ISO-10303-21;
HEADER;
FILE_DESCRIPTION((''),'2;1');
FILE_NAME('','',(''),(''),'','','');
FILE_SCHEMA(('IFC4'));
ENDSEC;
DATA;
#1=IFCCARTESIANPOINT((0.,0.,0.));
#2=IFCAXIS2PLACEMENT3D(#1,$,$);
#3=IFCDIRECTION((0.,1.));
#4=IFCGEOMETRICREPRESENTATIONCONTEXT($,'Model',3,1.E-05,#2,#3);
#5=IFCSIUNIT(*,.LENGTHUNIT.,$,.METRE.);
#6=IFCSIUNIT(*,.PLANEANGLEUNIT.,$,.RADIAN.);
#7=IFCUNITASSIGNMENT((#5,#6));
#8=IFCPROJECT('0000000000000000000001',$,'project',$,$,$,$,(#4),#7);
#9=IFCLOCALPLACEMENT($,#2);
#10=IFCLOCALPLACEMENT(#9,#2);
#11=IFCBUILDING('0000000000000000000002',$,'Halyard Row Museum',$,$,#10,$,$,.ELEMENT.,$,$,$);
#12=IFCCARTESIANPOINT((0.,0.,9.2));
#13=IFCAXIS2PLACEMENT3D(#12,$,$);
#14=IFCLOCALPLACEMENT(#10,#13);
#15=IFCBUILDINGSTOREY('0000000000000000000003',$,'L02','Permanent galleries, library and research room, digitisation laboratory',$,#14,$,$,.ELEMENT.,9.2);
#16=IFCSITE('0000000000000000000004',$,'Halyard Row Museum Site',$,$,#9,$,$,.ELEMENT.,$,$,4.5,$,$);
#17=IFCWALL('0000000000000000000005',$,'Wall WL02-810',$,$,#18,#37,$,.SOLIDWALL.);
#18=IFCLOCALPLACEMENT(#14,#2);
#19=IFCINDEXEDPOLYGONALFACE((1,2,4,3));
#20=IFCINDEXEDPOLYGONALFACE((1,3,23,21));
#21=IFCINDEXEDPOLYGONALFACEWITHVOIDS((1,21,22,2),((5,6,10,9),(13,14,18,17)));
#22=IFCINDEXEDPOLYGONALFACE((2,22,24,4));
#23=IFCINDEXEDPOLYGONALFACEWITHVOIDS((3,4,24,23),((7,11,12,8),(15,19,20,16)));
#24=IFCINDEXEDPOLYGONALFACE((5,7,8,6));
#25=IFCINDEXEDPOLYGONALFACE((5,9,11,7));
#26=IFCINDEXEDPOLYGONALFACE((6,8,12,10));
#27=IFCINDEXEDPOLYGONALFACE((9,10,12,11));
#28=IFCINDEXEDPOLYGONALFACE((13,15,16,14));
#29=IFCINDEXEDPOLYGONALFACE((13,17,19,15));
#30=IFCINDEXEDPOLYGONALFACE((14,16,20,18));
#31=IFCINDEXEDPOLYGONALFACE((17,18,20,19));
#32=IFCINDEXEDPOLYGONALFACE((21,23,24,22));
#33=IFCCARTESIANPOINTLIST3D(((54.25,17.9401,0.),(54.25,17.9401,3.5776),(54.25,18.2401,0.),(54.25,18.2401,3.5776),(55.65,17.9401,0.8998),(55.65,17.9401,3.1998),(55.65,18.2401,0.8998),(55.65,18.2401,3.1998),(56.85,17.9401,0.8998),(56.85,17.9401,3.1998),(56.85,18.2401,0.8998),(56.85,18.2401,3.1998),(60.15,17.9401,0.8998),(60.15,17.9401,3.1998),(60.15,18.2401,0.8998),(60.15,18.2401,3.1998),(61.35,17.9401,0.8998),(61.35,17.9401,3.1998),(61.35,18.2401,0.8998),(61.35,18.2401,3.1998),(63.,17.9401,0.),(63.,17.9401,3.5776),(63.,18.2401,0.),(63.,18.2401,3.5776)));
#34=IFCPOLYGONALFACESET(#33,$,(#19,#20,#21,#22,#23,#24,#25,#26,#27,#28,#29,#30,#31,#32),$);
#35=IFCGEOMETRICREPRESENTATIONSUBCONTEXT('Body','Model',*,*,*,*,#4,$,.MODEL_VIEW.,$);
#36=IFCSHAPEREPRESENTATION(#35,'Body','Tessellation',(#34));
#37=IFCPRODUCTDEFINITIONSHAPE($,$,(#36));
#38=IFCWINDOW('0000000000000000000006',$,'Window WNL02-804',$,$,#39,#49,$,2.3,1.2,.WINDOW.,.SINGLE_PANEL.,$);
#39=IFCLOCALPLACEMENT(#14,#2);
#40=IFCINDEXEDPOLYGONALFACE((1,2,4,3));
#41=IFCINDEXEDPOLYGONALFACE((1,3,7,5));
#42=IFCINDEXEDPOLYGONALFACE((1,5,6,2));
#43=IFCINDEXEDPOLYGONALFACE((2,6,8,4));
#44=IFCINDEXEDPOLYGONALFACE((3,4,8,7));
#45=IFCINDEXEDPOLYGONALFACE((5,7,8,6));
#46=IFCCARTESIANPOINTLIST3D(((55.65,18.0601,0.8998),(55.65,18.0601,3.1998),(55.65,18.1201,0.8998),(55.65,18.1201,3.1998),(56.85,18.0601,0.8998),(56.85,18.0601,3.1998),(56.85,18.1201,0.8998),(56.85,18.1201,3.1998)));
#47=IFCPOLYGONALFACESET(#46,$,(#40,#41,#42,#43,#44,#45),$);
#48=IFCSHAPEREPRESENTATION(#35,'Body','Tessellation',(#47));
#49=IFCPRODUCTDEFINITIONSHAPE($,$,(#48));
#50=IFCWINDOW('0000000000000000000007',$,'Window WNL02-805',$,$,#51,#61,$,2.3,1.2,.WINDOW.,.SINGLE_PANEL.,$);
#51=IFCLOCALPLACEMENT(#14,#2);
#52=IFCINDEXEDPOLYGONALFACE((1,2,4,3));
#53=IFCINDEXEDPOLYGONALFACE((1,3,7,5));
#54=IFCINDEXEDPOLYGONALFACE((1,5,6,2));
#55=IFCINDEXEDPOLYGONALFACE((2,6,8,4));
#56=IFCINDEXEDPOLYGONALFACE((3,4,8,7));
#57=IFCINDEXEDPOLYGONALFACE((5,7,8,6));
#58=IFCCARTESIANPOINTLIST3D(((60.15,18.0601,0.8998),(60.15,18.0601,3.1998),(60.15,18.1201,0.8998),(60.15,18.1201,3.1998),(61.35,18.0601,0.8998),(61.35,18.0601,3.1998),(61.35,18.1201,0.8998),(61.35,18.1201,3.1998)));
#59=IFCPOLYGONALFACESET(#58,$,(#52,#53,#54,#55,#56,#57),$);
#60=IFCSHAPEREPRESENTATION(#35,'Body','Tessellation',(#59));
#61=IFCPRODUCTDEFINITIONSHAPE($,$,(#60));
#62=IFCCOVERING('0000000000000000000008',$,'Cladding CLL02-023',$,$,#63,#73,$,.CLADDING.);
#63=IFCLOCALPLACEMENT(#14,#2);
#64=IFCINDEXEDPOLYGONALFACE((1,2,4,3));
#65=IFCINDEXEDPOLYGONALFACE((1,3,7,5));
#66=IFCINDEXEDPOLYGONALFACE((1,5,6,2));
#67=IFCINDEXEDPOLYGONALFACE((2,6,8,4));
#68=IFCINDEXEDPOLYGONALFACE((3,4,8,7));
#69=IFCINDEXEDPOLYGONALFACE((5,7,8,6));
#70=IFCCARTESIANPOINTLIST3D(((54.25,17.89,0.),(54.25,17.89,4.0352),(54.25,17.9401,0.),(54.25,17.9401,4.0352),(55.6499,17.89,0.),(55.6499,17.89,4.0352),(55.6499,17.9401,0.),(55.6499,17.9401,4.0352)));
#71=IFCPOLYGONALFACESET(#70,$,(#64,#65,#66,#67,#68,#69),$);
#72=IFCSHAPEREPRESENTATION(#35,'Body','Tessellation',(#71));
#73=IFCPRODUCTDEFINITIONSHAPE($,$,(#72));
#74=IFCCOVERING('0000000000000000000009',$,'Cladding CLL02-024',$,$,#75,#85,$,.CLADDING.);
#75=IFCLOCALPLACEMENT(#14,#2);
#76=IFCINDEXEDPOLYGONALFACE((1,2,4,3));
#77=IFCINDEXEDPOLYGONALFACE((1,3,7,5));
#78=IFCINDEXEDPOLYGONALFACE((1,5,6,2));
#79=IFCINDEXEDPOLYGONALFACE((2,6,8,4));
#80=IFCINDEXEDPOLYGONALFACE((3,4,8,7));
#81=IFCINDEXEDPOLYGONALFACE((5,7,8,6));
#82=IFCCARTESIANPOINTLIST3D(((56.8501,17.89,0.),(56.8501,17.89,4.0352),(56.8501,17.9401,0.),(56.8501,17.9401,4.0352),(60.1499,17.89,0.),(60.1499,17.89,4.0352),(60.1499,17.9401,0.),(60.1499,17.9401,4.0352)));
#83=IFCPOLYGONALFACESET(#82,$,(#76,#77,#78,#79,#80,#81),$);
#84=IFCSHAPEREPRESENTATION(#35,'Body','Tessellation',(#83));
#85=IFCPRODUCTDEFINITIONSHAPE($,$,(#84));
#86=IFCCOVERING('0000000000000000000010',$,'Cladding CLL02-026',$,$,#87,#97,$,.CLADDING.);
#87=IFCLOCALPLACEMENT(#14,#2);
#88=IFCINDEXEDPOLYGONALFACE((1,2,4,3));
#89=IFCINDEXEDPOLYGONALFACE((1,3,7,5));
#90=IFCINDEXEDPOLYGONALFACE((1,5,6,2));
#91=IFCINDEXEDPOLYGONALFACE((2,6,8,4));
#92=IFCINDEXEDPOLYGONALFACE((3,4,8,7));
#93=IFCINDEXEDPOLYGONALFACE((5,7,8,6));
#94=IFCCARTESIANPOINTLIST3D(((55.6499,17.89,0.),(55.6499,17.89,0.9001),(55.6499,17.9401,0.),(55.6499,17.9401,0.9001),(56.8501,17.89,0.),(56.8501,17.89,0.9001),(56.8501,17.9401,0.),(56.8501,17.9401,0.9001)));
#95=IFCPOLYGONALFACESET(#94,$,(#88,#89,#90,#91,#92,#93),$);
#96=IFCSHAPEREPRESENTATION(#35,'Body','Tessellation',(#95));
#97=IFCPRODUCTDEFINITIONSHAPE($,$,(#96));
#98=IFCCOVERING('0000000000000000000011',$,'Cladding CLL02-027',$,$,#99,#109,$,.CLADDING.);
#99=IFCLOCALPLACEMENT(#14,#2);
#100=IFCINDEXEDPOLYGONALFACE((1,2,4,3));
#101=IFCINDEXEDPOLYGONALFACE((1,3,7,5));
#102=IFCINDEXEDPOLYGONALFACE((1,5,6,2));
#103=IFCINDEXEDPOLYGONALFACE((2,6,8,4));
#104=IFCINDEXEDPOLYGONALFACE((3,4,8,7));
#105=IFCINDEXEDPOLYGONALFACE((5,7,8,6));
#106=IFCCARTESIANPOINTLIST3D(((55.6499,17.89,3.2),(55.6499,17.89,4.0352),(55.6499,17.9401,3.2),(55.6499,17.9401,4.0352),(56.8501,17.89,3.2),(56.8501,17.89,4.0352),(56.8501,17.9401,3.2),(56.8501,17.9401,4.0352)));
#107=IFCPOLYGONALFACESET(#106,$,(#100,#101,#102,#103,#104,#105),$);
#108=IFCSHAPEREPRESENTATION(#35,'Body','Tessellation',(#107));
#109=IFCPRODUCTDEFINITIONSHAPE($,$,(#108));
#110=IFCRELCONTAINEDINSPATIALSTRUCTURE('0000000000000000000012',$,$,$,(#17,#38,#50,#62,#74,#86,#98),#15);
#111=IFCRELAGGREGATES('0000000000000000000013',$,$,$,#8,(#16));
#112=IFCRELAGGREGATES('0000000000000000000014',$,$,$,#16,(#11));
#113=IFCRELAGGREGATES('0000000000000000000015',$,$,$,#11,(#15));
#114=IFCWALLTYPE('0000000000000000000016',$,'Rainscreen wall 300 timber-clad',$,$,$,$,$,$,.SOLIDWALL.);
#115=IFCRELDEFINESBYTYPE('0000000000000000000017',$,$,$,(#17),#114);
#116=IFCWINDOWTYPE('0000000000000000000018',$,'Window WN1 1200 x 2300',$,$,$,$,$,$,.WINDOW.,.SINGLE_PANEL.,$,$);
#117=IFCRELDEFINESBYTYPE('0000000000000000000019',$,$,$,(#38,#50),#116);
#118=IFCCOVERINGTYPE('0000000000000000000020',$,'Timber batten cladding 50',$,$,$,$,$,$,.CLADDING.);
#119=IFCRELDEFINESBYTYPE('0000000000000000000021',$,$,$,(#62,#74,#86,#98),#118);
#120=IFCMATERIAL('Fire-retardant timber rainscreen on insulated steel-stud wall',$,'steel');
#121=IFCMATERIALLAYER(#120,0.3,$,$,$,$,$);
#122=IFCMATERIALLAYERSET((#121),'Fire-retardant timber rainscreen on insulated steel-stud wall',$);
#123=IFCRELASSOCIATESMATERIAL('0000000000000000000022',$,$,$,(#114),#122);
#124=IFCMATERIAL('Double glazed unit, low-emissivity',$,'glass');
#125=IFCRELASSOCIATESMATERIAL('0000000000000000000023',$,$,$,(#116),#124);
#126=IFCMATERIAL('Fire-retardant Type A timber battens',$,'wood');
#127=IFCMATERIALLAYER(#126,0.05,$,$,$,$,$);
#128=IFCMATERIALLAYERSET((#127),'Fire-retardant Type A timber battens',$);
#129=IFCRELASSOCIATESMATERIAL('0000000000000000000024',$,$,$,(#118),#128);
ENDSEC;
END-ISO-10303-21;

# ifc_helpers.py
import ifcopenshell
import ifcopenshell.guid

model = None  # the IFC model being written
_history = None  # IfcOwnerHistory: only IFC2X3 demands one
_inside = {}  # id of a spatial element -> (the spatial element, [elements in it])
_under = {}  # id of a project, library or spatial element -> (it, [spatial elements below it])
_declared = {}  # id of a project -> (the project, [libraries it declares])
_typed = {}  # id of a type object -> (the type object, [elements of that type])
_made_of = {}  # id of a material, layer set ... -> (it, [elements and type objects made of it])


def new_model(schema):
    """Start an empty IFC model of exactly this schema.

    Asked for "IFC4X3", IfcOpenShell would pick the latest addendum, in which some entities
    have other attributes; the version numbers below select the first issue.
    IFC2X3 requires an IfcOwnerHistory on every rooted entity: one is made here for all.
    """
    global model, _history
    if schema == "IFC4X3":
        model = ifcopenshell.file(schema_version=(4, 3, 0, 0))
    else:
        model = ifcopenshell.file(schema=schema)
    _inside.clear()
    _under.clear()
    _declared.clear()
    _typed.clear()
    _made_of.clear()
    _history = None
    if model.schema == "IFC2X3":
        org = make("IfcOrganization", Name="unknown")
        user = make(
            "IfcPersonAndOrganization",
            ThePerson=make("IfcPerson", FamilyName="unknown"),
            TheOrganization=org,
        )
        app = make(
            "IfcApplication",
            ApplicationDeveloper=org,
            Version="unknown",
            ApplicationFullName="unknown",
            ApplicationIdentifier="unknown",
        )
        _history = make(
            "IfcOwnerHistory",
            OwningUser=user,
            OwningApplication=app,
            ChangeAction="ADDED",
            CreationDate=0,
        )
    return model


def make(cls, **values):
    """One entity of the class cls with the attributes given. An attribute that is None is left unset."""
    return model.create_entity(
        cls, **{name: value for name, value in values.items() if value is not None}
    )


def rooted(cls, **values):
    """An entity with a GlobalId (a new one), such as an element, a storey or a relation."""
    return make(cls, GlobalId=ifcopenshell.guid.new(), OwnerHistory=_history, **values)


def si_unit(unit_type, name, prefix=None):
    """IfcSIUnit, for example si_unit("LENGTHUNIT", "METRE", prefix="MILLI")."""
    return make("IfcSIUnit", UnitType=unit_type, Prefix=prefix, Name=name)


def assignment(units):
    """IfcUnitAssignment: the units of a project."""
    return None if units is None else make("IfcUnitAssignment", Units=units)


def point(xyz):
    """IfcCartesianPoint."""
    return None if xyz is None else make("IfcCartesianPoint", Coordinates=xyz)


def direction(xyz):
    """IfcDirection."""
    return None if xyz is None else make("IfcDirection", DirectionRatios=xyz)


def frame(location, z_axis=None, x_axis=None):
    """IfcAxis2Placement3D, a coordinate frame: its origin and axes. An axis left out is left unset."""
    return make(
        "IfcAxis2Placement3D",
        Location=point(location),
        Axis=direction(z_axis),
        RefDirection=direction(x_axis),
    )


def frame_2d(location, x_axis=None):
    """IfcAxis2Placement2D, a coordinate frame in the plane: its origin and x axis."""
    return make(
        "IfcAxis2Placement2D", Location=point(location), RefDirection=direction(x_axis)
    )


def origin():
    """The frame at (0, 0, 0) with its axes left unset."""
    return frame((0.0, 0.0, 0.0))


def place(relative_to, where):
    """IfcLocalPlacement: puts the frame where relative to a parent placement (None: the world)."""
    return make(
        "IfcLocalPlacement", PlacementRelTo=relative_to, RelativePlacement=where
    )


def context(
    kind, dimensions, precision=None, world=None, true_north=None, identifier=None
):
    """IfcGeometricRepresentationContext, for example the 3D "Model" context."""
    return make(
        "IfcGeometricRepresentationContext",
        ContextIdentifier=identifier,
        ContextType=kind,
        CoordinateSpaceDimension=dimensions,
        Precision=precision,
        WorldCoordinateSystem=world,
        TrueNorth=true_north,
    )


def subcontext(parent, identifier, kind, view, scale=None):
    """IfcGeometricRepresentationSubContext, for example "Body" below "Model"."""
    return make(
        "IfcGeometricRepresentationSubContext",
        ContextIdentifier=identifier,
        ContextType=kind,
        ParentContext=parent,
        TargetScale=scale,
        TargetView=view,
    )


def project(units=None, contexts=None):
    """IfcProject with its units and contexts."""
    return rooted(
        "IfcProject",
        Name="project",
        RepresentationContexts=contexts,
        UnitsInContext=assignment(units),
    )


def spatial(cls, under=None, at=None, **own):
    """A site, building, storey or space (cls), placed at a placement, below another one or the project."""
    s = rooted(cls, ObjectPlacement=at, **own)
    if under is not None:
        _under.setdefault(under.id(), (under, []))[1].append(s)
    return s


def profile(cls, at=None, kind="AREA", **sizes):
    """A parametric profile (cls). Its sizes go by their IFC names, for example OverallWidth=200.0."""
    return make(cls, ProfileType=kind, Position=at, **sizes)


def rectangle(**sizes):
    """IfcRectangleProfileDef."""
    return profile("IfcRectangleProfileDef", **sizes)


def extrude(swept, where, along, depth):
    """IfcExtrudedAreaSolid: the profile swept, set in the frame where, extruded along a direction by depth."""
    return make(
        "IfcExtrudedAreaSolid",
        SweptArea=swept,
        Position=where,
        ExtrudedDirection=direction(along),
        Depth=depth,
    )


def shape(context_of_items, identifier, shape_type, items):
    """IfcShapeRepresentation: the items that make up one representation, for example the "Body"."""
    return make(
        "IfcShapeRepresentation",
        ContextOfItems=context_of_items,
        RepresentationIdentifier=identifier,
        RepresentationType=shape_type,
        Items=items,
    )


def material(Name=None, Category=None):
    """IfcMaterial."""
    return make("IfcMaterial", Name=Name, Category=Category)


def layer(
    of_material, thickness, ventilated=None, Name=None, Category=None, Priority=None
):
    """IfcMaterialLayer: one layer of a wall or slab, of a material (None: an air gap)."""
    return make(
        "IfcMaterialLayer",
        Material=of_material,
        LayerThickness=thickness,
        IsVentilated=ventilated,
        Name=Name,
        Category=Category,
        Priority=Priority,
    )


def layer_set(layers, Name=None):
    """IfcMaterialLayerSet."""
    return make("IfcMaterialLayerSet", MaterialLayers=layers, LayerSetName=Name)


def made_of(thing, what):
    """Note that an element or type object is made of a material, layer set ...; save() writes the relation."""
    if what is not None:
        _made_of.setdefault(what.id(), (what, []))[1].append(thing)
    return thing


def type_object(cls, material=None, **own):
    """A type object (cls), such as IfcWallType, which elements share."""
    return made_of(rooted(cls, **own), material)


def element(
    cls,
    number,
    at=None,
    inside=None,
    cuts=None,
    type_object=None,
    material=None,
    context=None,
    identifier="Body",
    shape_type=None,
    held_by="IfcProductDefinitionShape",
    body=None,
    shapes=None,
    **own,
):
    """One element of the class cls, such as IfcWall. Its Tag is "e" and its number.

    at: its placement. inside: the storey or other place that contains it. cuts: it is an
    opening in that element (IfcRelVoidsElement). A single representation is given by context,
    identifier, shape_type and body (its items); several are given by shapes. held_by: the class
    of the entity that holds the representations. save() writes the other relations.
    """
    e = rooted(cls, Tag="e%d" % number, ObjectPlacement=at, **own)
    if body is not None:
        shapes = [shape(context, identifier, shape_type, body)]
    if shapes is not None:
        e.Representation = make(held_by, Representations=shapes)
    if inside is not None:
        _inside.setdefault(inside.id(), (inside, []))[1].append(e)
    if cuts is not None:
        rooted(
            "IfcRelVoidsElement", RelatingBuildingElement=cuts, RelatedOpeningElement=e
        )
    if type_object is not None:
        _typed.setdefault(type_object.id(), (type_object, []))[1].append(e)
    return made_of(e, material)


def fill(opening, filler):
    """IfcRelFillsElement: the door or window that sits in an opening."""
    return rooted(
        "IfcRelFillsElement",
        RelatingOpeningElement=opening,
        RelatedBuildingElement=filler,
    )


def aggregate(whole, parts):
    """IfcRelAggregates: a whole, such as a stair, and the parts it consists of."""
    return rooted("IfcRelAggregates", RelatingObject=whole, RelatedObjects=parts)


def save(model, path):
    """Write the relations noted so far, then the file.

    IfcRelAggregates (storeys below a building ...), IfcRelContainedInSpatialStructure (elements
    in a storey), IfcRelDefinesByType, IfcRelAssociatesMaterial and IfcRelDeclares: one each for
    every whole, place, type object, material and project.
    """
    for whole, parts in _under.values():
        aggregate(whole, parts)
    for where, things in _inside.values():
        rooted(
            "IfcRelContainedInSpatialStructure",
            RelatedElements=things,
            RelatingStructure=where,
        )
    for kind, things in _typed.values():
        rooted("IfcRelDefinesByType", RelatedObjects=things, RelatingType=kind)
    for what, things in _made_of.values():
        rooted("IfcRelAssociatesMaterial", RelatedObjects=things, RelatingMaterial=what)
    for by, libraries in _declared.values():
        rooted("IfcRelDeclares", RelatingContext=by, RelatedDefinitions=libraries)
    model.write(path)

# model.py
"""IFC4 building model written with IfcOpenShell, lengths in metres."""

from ifc_helpers import new_model, si_unit, direction, frame, frame_2d, origin, place, context, subcontext, project, spatial, rectangle, extrude, material, layer, layer_set, type_object, element, fill, save


model = new_model("IFC4")

# Units and contexts
model_context = context("Model", 3, precision=1e-05, world=origin(), true_north=direction((0.0, 1.0)))
body_context = subcontext(model_context, "Body", "Model", "MODEL_VIEW")
ifc_project = project(units=[si_unit("LENGTHUNIT", "METRE"), si_unit("PLANEANGLEUNIT", "RADIAN")], contexts=[model_context])

# Site, building, storey
site_placement = place(None, origin())
site = spatial("IfcSite", under=ifc_project, at=site_placement, Name="Halyard Row Museum Site", CompositionType="ELEMENT", RefElevation=4.5)
building_placement = place(site_placement, origin())
building = spatial("IfcBuilding", under=site, at=building_placement, Name="Halyard Row Museum", CompositionType="ELEMENT")
storey_placement = place(building_placement, frame((0.0, 0.0, 9.2)))
storey = spatial("IfcBuildingStorey", under=building, at=storey_placement, Name="L02", Description="Permanent galleries, library and research room, digitisation laboratory", CompositionType="ELEMENT", Elevation=9.2)

# Wall, openings, windows
ifc_material_1 = material(Name="Fire-retardant timber rainscreen on insulated steel-stud wall", Category="steel")
ifc_layer_1 = layer(ifc_material_1, 0.3)
ifc_layer_set_1 = layer_set([ifc_layer_1], Name="Fire-retardant timber rainscreen on insulated steel-stud wall")
wall_type_1 = type_object("IfcWallType", Name="Rainscreen wall 300 timber-clad", PredefinedType="SOLIDWALL", material=ifc_layer_set_1)
wall_1_placement = place(storey_placement, frame((54.25, 18.0901, 0.0), z_axis=(0.0, 0.0, 1.0), x_axis=(1.0, 0.0, 0.0)))
wall_1 = element("IfcWall", 1, at=wall_1_placement, inside=storey, type_object=wall_type_1, Name="Wall WL02-810", PredefinedType="SOLIDWALL", context=body_context, shape_type="SweptSolid", body=[
    extrude(rectangle(XDim=8.75, YDim=0.3, at=frame_2d((4.375, 0.0))), origin(), (0.0, 0.0, 1.0), 3.5776),
])
opening_1_placement = place(wall_1_placement, frame((1.3999, 0.0, 0.8999)))
opening_1 = element("IfcOpeningElement", 2, at=opening_1_placement, cuts=wall_1, PredefinedType="OPENING", context=body_context, shape_type="SweptSolid", body=[
    extrude(rectangle(XDim=1.2, YDim=2.3, at=frame_2d((0.6001, 1.1499))), frame((0.0, 0.1599, 0.0), z_axis=(0.0, -1.0, 0.0), x_axis=(1.0, 0.0, 0.0)), (0.0, 0.0, 1.0), 0.3201),
])
opening_2_placement = place(wall_1_placement, frame((5.8999, 0.0, 0.8999)))
opening_2 = element("IfcOpeningElement", 3, at=opening_2_placement, cuts=wall_1, PredefinedType="OPENING", context=body_context, shape_type="SweptSolid", body=[
    extrude(rectangle(XDim=1.2, YDim=2.3, at=frame_2d((0.6001, 1.1499))), frame((0.0, 0.1599, 0.0), z_axis=(0.0, -1.0, 0.0), x_axis=(1.0, 0.0, 0.0)), (0.0, 0.0, 1.0), 0.3201),
])
ifc_material_2 = material(Name="Double glazed unit, low-emissivity", Category="glass")
window_type = type_object("IfcWindowType", Name="Window WN1 1200 x 2300", PartitioningType="SINGLE_PANEL", PredefinedType="WINDOW", material=ifc_material_2)
window_1_placement = place(opening_1_placement, origin())
window_1 = element("IfcWindow", 4, at=window_1_placement, inside=storey, type_object=window_type, Name="Window WNL02-804", OverallHeight=2.3, OverallWidth=1.2, PartitioningType="SINGLE_PANEL", PredefinedType="WINDOW", context=body_context, shape_type="SweptSolid", body=[
    extrude(rectangle(XDim=1.2, YDim=2.3, at=frame_2d((0.6001, 1.1499))), frame((0.0, 0.03, 0.0), z_axis=(0.0, -1.0, 0.0), x_axis=(1.0, 0.0, 0.0)), (0.0, 0.0, 1.0), 0.0601),
])
fill(opening_1, window_1)
window_2_placement = place(opening_2_placement, origin())
window_2 = element("IfcWindow", 5, at=window_2_placement, inside=storey, type_object=window_type, Name="Window WNL02-805", OverallHeight=2.3, OverallWidth=1.2, PartitioningType="SINGLE_PANEL", PredefinedType="WINDOW", context=body_context, shape_type="SweptSolid", body=[
    extrude(rectangle(XDim=1.2, YDim=2.3, at=frame_2d((0.6001, 1.1499))), frame((0.0, 0.03, 0.0), z_axis=(0.0, -1.0, 0.0), x_axis=(1.0, 0.0, 0.0)), (0.0, 0.0, 1.0), 0.0601),
])
fill(opening_2, window_2)

# Coverings
ifc_material_3 = material(Name="Fire-retardant Type A timber battens", Category="wood")
ifc_layer_2 = layer(ifc_material_3, 0.05)
ifc_layer_set_2 = layer_set([ifc_layer_2], Name="Fire-retardant Type A timber battens")
covering_type = type_object("IfcCoveringType", Name="Timber batten cladding 50", PredefinedType="CLADDING", material=ifc_layer_set_2)
covering_1_placement = place(storey_placement, frame((54.25, 17.915, 0.0), z_axis=(0.0, 0.0, 1.0), x_axis=(1.0, 0.0, 0.0)))
element("IfcCovering", 6, at=covering_1_placement, inside=storey, type_object=covering_type, Name="Cladding CLL02-023", PredefinedType="CLADDING", context=body_context, shape_type="SweptSolid", body=[
    extrude(rectangle(XDim=1.3999, YDim=0.05, at=frame_2d((0.7, 0.0))), origin(), (0.0, 0.0, 1.0), 4.0352),
])
covering_2_placement = place(storey_placement, frame((56.8501, 17.915, 0.0), z_axis=(0.0, 0.0, 1.0), x_axis=(1.0, 0.0, 0.0)))
element("IfcCovering", 7, at=covering_2_placement, inside=storey, type_object=covering_type, Name="Cladding CLL02-024", PredefinedType="CLADDING", context=body_context, shape_type="SweptSolid", body=[
    extrude(rectangle(XDim=3.2998, YDim=0.05, at=frame_2d((1.6499, 0.0))), origin(), (0.0, 0.0, 1.0), 4.0352),
])
covering_3_placement = place(storey_placement, frame((55.6499, 17.915, 0.0), z_axis=(0.0, 0.0, 1.0), x_axis=(1.0, 0.0, 0.0)))
element("IfcCovering", 8, at=covering_3_placement, inside=storey, type_object=covering_type, Name="Cladding CLL02-026", PredefinedType="CLADDING", context=body_context, shape_type="SweptSolid", body=[
    extrude(rectangle(XDim=1.2002, YDim=0.05, at=frame_2d((0.6001, 0.0))), origin(), (0.0, 0.0, 1.0), 0.9001),
])
covering_4_placement = place(storey_placement, frame((55.6499, 17.915, 3.2), z_axis=(0.0, 0.0, 1.0), x_axis=(1.0, 0.0, 0.0)))
element("IfcCovering", 9, at=covering_4_placement, inside=storey, type_object=covering_type, Name="Cladding CLL02-027", PredefinedType="CLADDING", context=body_context, shape_type="SweptSolid", body=[
    extrude(rectangle(XDim=1.2002, YDim=0.05, at=frame_2d((0.6001, 0.0))), origin(), (0.0, 0.0, 1.0), 0.8352),
])

save(model, "model.ifc")
